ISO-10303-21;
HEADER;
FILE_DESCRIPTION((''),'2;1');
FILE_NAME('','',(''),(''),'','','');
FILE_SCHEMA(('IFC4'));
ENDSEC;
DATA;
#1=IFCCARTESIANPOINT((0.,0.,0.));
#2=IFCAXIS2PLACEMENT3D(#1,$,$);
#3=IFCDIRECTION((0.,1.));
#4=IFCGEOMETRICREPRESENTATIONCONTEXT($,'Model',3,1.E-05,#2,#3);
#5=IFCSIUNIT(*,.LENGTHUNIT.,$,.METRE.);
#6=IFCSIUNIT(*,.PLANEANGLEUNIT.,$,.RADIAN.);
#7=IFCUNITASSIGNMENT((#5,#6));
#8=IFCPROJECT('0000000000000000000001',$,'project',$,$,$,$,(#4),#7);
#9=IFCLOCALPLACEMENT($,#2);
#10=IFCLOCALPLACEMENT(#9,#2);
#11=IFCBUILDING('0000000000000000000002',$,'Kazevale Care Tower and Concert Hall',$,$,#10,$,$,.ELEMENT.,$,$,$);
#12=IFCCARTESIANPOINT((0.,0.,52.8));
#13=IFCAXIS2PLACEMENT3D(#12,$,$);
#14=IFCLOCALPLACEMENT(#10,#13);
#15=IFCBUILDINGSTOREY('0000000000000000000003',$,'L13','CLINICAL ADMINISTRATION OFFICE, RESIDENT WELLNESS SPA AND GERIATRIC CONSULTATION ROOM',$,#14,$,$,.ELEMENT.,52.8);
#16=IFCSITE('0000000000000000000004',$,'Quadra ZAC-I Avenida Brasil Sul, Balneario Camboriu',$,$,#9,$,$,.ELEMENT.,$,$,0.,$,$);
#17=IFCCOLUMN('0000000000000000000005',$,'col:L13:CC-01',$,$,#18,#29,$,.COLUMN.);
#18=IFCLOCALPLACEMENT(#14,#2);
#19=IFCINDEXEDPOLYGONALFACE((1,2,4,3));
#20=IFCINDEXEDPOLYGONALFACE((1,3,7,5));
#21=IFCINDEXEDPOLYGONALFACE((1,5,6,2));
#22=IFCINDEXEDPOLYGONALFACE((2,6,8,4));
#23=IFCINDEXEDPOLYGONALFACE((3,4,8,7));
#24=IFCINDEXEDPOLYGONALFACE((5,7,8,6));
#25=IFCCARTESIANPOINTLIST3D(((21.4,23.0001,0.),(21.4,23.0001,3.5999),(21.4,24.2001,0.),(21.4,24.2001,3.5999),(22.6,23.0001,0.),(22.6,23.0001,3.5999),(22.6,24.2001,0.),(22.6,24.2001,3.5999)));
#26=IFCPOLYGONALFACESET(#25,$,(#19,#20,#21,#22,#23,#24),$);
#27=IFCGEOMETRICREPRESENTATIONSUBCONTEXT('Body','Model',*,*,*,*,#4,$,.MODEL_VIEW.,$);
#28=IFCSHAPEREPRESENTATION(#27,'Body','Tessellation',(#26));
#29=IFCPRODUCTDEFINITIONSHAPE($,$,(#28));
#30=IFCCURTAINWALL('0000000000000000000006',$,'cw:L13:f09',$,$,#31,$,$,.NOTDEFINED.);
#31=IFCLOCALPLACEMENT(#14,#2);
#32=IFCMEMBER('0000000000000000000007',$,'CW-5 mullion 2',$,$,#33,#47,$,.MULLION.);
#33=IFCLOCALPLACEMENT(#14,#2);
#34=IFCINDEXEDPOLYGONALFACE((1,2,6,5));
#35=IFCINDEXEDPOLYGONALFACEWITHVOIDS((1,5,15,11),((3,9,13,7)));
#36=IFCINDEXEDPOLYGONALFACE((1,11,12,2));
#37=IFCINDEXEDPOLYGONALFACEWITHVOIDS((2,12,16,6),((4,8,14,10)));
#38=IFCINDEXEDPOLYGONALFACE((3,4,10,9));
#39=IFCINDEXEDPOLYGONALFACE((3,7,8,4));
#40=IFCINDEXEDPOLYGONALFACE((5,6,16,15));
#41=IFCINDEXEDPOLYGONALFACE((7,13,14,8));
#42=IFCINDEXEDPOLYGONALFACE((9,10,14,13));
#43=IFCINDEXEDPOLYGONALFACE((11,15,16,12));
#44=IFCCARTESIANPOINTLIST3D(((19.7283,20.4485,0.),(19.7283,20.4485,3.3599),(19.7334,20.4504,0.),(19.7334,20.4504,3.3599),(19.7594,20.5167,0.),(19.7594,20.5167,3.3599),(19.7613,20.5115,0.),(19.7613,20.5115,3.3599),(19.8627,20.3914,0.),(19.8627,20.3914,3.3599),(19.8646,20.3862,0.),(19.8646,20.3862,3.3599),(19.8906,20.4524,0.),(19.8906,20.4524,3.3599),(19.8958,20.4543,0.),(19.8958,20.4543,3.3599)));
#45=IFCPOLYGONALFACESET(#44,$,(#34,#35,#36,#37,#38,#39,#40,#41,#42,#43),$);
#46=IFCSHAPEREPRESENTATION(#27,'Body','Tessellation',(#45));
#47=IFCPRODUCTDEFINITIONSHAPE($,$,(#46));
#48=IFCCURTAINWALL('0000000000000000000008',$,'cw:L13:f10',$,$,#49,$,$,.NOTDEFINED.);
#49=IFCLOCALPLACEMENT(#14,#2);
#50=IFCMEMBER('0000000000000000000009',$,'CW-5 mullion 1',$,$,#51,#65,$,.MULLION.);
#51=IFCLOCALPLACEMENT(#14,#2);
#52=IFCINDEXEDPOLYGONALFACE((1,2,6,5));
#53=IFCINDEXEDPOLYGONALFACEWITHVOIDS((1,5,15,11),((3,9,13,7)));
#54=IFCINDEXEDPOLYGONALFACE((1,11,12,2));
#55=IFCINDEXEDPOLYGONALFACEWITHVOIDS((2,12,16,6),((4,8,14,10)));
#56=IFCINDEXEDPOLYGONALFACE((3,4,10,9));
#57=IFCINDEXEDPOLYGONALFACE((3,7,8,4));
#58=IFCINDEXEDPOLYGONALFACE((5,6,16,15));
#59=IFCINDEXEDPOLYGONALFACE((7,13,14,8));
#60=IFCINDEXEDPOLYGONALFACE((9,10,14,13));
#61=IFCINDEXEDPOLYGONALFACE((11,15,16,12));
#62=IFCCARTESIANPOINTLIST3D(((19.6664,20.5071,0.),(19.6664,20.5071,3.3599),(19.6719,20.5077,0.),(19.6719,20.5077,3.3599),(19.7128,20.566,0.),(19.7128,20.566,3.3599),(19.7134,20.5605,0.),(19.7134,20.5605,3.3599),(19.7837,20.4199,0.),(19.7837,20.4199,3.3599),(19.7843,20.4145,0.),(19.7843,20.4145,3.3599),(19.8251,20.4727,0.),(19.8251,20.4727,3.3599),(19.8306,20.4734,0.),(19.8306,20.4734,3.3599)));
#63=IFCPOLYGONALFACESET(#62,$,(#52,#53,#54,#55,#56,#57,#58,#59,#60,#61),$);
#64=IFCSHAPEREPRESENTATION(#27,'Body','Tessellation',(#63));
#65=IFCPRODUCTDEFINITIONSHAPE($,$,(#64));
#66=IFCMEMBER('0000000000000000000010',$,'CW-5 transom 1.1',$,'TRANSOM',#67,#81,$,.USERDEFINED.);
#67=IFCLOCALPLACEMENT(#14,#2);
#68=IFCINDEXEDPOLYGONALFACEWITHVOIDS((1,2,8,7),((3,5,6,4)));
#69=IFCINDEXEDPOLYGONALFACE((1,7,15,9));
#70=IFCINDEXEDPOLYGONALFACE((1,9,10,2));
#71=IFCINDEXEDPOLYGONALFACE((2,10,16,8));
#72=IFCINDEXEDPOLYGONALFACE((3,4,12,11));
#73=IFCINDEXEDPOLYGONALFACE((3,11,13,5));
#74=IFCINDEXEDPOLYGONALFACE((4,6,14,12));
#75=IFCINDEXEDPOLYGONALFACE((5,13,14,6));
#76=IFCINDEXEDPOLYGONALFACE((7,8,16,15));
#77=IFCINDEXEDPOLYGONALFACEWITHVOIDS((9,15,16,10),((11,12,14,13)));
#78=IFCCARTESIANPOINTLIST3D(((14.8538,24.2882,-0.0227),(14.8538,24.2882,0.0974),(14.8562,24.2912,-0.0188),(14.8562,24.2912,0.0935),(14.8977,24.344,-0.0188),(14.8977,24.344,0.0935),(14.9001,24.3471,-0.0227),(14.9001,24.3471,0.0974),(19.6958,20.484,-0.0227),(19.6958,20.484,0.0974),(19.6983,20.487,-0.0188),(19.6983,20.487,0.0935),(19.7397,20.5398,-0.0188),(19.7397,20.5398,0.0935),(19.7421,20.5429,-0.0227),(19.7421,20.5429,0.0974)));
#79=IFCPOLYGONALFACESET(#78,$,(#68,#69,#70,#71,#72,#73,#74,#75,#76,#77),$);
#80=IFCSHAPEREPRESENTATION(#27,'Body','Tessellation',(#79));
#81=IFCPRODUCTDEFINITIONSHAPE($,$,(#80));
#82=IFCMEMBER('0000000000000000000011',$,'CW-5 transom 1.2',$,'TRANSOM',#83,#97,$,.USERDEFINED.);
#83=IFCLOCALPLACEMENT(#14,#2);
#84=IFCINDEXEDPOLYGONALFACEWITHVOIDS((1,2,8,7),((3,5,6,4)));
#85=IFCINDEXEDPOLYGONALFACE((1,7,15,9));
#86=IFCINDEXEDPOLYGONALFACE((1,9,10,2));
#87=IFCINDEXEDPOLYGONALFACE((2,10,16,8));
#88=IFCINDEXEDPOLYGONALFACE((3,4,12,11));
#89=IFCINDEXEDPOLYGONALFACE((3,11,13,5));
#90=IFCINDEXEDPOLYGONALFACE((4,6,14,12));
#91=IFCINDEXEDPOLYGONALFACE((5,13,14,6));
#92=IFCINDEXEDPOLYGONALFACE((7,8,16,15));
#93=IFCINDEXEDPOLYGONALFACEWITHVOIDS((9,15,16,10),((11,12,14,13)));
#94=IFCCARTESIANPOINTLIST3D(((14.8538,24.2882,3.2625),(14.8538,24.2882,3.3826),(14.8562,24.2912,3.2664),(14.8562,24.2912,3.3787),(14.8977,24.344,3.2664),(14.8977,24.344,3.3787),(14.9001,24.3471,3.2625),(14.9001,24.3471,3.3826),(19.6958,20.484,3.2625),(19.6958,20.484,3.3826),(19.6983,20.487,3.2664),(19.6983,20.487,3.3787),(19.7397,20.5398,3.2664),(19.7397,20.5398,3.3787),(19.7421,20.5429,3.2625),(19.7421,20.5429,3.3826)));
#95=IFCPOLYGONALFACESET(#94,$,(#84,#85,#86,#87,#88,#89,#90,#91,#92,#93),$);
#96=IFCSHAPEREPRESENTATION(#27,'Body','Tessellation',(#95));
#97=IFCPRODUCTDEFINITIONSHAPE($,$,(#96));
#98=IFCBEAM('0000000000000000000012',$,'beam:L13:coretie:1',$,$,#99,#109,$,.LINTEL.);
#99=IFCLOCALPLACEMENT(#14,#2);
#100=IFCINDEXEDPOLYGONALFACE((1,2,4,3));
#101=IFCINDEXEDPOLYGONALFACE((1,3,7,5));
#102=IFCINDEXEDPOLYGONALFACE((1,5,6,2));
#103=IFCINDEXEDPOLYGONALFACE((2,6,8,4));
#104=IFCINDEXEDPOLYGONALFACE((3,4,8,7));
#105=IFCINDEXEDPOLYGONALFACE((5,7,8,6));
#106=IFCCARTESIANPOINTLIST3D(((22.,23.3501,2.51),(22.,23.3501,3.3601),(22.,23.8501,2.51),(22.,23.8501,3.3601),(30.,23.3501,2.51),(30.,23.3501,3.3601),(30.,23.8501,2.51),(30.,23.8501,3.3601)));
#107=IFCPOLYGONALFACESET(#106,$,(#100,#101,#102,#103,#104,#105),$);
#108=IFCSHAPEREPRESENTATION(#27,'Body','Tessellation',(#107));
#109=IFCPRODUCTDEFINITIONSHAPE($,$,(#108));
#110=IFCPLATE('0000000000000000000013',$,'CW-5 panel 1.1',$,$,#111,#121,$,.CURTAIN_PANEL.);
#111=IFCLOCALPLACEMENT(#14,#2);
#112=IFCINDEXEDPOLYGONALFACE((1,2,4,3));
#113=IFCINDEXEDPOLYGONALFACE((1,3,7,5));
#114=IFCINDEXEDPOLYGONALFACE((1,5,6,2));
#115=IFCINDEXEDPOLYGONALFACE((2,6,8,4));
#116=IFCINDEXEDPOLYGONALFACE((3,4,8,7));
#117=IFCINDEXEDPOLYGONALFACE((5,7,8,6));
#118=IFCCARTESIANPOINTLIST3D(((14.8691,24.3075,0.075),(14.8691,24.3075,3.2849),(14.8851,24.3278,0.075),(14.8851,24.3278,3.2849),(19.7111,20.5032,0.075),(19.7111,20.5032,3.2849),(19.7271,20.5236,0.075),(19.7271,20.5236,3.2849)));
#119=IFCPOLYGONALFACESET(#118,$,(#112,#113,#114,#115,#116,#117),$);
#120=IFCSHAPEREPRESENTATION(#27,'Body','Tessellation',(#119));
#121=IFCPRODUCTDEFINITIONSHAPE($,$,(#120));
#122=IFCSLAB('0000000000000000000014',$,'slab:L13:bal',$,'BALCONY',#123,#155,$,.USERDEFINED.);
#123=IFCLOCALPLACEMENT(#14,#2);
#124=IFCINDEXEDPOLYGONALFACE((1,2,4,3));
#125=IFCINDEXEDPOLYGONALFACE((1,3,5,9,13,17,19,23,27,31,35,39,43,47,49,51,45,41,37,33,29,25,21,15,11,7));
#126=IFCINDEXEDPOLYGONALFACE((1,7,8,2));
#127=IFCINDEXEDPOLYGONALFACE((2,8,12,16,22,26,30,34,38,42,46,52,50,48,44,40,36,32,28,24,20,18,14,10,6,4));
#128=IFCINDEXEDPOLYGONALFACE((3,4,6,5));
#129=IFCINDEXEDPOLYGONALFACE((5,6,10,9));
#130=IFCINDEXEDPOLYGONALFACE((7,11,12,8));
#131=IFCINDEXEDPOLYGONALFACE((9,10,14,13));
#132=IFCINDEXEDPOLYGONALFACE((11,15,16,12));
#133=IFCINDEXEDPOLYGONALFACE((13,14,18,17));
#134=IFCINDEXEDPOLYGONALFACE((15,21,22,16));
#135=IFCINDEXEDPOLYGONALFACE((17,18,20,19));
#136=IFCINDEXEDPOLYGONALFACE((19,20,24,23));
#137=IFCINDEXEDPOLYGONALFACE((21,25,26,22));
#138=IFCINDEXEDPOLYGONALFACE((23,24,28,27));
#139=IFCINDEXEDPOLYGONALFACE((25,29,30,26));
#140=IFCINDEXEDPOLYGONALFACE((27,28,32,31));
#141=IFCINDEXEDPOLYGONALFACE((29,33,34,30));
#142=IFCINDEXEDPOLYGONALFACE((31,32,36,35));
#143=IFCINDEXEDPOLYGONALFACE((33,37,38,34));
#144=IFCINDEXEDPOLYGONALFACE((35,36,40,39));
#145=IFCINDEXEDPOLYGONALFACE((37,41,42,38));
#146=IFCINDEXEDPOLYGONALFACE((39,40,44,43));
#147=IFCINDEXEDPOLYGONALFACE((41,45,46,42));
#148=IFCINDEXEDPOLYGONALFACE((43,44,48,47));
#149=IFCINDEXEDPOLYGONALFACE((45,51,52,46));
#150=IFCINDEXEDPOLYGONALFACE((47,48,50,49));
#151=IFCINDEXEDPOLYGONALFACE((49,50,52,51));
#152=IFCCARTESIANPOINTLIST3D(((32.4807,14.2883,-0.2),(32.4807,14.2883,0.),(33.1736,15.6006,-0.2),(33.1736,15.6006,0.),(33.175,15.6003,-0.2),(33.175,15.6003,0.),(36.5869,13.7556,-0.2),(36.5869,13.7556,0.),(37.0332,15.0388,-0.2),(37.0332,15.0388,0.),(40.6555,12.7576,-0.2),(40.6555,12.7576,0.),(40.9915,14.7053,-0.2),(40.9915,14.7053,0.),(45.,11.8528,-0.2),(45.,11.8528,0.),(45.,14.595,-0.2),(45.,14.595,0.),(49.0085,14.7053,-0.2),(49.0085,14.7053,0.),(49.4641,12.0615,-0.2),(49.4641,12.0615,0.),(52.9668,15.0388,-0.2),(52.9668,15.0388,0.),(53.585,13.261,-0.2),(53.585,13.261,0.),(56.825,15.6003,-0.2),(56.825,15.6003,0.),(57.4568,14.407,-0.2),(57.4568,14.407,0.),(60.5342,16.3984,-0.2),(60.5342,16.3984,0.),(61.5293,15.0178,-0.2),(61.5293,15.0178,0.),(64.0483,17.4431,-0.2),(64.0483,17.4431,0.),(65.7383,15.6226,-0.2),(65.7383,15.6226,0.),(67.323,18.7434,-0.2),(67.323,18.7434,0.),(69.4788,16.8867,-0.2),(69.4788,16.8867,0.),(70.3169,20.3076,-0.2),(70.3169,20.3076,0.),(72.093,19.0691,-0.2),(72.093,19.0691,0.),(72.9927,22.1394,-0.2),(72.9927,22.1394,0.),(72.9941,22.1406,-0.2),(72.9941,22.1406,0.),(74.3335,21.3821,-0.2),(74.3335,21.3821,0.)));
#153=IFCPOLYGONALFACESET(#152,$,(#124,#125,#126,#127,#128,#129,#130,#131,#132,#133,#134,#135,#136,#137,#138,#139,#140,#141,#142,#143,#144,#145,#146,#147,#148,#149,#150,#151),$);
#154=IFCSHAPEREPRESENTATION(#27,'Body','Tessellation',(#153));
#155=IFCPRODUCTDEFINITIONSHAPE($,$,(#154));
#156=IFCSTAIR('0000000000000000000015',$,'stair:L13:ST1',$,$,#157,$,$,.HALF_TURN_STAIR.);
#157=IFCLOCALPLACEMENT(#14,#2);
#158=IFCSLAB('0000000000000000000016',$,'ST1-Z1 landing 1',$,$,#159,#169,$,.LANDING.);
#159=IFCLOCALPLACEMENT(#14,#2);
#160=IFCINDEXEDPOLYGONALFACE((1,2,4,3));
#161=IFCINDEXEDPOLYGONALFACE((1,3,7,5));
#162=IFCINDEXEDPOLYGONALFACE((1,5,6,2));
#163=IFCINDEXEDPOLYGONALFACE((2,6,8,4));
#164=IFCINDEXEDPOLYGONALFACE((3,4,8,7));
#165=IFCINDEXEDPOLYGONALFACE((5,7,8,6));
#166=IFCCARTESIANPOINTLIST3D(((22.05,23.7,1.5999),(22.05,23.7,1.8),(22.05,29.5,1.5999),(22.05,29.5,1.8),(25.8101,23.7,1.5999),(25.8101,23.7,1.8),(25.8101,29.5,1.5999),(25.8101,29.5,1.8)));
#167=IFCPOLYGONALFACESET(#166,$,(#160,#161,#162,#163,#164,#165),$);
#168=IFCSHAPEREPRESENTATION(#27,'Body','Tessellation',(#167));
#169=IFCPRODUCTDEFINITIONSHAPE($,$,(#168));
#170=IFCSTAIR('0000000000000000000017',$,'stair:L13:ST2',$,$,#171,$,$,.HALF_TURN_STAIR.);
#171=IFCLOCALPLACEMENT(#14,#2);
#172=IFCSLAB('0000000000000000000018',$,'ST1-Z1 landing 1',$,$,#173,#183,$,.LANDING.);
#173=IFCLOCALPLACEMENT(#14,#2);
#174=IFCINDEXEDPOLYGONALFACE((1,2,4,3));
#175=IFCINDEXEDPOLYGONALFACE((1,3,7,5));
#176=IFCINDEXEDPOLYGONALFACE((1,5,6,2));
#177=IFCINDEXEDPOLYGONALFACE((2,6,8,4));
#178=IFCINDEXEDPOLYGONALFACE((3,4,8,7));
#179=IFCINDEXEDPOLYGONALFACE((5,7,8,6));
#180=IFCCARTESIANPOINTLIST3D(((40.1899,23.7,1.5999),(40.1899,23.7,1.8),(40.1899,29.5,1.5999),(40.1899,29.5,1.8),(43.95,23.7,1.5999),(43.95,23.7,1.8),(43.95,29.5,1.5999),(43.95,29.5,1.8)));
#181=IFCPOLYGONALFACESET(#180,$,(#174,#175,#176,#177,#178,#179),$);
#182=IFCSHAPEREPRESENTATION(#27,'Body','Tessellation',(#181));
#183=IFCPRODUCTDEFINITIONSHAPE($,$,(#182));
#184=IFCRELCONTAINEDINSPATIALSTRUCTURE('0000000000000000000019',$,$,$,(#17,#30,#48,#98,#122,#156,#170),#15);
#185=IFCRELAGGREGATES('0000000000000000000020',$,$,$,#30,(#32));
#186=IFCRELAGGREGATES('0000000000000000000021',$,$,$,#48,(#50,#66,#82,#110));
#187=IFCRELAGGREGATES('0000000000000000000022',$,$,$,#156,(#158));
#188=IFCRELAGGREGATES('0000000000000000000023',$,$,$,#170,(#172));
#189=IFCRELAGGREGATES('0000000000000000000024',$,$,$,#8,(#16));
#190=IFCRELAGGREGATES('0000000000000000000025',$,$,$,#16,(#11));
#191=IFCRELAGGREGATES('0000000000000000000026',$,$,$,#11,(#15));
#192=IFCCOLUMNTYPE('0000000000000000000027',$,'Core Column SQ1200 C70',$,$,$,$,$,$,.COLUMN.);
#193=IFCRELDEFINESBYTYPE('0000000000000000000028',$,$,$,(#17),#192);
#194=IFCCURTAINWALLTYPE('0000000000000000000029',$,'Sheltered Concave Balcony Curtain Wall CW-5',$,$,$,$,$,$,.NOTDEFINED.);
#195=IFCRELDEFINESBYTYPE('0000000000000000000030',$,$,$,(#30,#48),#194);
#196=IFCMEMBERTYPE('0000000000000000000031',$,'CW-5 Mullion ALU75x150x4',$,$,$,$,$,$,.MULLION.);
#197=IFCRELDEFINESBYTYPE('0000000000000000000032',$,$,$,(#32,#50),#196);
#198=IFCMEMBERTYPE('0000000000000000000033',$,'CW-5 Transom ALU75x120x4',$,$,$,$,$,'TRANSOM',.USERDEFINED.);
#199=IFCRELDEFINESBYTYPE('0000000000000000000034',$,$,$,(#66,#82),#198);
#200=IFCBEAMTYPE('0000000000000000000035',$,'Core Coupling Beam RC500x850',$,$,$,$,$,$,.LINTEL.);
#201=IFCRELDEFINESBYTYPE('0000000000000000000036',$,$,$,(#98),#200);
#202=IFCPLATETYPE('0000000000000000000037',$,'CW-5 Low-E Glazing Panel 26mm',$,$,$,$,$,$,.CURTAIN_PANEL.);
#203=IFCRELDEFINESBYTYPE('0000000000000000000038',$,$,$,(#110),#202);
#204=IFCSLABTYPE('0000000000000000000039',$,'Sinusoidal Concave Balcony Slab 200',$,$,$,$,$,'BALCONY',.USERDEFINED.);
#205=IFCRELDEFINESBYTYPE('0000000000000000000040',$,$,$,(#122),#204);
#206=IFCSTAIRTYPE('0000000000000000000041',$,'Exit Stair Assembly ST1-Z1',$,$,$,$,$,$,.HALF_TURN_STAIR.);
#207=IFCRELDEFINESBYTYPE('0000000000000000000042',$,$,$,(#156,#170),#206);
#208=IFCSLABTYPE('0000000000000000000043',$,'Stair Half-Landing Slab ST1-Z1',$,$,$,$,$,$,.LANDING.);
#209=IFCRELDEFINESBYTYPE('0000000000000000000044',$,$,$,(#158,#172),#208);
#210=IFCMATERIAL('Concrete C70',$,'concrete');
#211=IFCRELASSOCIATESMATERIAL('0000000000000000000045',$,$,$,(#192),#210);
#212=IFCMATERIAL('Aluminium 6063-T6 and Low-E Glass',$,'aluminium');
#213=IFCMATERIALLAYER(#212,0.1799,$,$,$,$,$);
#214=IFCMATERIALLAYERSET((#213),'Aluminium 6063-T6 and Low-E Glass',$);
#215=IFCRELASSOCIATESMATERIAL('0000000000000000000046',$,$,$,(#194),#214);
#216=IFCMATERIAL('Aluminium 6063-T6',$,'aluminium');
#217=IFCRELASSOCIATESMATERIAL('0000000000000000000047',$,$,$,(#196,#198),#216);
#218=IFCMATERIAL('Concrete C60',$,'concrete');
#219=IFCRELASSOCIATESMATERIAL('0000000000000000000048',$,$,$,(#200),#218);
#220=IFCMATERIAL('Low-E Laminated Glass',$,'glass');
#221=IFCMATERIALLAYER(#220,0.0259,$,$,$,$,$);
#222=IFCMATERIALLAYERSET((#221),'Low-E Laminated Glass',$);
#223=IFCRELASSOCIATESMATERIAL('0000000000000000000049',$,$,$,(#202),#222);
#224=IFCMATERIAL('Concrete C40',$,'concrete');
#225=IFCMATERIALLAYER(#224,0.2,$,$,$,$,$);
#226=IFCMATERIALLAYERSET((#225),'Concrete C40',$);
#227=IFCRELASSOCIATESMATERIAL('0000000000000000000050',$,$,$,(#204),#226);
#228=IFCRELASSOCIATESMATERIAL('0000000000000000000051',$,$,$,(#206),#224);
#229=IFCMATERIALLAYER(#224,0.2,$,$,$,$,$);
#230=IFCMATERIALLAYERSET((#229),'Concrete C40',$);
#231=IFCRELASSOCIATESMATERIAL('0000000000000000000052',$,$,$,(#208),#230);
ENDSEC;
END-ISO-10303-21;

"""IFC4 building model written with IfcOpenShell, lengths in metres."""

from ifc_helpers import new_model, si_unit, direction, frame, origin, origin_2d, place, context, subcontext, project, spatial, polyline, rectangle, hollow_rectangle, outline, extrude, material, layer, layer_set, material_profile, profile_set, type_object, element, aggregate, save


model = new_model("IFC4")

# Units and contexts
model_context = context("Model", 3, precision=1e-05, world=origin(), true_north=direction((0.0, 1.0)))
body_context = subcontext(model_context, "Body", "Model", "MODEL_VIEW")
ifc_project = project(units=[si_unit("LENGTHUNIT", "METRE"), si_unit("PLANEANGLEUNIT", "RADIAN")], contexts=[model_context])

# Site, building, storey
site_placement = place(None, origin())
site = spatial("IfcSite", under=ifc_project, at=site_placement, Name="Quadra ZAC-I Avenida Brasil Sul, Balneario Camboriu", CompositionType="ELEMENT", RefElevation=0.0)
building_placement = place(site_placement, origin())
building = spatial("IfcBuilding", under=site, at=building_placement, Name="Kazevale Care Tower and Concert Hall", CompositionType="ELEMENT")
storey_placement = place(building_placement, frame((0.0, 0.0, 52.8)))
storey = spatial("IfcBuildingStorey", under=building, at=storey_placement, Name="L13", Description="CLINICAL ADMINISTRATION OFFICE, RESIDENT WELLNESS SPA AND GERIATRIC CONSULTATION ROOM", CompositionType="ELEMENT", Elevation=52.8)

# Column
ifc_material_1 = material(Name="Concrete C70", Category="concrete")
ifc_material_profile_1 = material_profile(ifc_material_1, rectangle(XDim=1.2, YDim=1.2, at=origin_2d()), Name="RC-SQ1200")
ifc_profile_set_1 = profile_set([ifc_material_profile_1], Name="Concrete C70")
column_type = type_object("IfcColumnType", Name="Core Column SQ1200 C70", PredefinedType="COLUMN", material=ifc_profile_set_1)
column_placement = place(storey_placement, frame((22.0, 23.6001, 0.0), z_axis=(0.0, 0.0, 1.0), x_axis=(1.0, 0.0, 0.0)))
element("IfcColumn", 1, at=column_placement, inside=storey, type_object=column_type, Name="col:L13:CC-01", PredefinedType="COLUMN", context=body_context, shape_type="SweptSolid", body=[
    extrude(rectangle(XDim=1.2, YDim=1.2, at=origin_2d()), origin(), (0.0, 0.0, 1.0), 3.5999),
])

# Curtain wall, member
ifc_material_2 = material(Name="Aluminium 6063-T6 and Low-E Glass", Category="aluminium")
ifc_layer_1 = layer(ifc_material_2, 0.1799)
ifc_layer_set_1 = layer_set([ifc_layer_1], Name="Aluminium 6063-T6 and Low-E Glass")
curtain_wall_type = type_object("IfcCurtainWallType", Name="Sheltered Concave Balcony Curtain Wall CW-5", PredefinedType="NOTDEFINED", material=ifc_layer_set_1)
curtain_wall_1_placement = place(storey_placement, origin())
curtain_wall_1 = element("IfcCurtainWall", 2, at=curtain_wall_1_placement, inside=storey, type_object=curtain_wall_type, Name="cw:L13:f09", PredefinedType="NOTDEFINED")
ifc_material_3 = material(Name="Aluminium 6063-T6", Category="aluminium")
ifc_material_profile_2 = material_profile(ifc_material_3, hollow_rectangle(XDim=0.075, YDim=0.1499, WallThickness=0.0039, at=origin_2d()), Name="ALU75x150x4")
ifc_profile_set_2 = profile_set([ifc_material_profile_2], Name="Aluminium 6063-T6")
member_type_1 = type_object("IfcMemberType", Name="CW-5 Mullion ALU75x150x4", PredefinedType="MULLION", material=ifc_profile_set_2)
member_1_placement = place(storey_placement, frame((19.812, 20.4514, 0.0), z_axis=(0.0, 0.0, 1.0), x_axis=(-0.41566, -0.90952, 0.0)))
member_1 = element("IfcMember", 3, at=member_1_placement, type_object=member_type_1, Name="CW-5 mullion 2", PredefinedType="MULLION", context=body_context, shape_type="SweptSolid", body=[
    extrude(hollow_rectangle(XDim=0.075, YDim=0.1499, WallThickness=0.0039, at=origin_2d()), origin(), (0.0, 0.0, 1.0), 3.3599),
])
aggregate(curtain_wall_1, [member_1])

# Curtain wall, members
curtain_wall_2_placement = place(storey_placement, origin())
curtain_wall_2 = element("IfcCurtainWall", 4, at=curtain_wall_2_placement, inside=storey, type_object=curtain_wall_type, Name="cw:L13:f10", PredefinedType="NOTDEFINED")
member_2_placement = place(storey_placement, frame((19.7485, 20.4902, 0.0), z_axis=(0.0, 0.0, 1.0), x_axis=(-0.617808, -0.786329, 0.0)))
member_2 = element("IfcMember", 5, at=member_2_placement, type_object=member_type_1, Name="CW-5 mullion 1", PredefinedType="MULLION", context=body_context, shape_type="SweptSolid", body=[
    extrude(hollow_rectangle(XDim=0.075, YDim=0.1499, WallThickness=0.0039, at=origin_2d()), origin(), (0.0, 0.0, 1.0), 3.3599),
])
ifc_material_profile_3 = material_profile(ifc_material_3, hollow_rectangle(XDim=0.075, YDim=0.1201, WallThickness=0.0039, at=origin_2d()), Name="ALU75x120x4")
ifc_profile_set_3 = profile_set([ifc_material_profile_3], Name="Aluminium 6063-T6")
member_type_2 = type_object("IfcMemberType", Name="CW-5 Transom ALU75x120x4", ElementType="TRANSOM", PredefinedType="USERDEFINED", material=ifc_profile_set_3)
member_3_placement = place(storey_placement, frame((19.719, 20.5134, 0.0374), z_axis=(-0.786339, 0.617795, 0.0), x_axis=(-0.617795, -0.786339, 0.0)))
member_3 = element("IfcMember", 6, at=member_3_placement, type_object=member_type_2, Name="CW-5 transom 1.1", ObjectType="TRANSOM", PredefinedType="USERDEFINED", context=body_context, shape_type="SweptSolid", body=[
    extrude(hollow_rectangle(XDim=0.075, YDim=0.1201, WallThickness=0.0039, at=origin_2d()), origin(), (0.0, 0.0, 1.0), 6.1577),
])
member_4_placement = place(storey_placement, frame((19.719, 20.5134, 3.3225), z_axis=(-0.786339, 0.617795, 0.0), x_axis=(-0.617795, -0.786339, 0.0)))
member_4 = element("IfcMember", 7, at=member_4_placement, type_object=member_type_2, Name="CW-5 transom 1.2", ObjectType="TRANSOM", PredefinedType="USERDEFINED", context=body_context, shape_type="SweptSolid", body=[
    extrude(hollow_rectangle(XDim=0.075, YDim=0.1201, WallThickness=0.0039, at=origin_2d()), origin(), (0.0, 0.0, 1.0), 6.1577),
])

# Beam
ifc_material_4 = material(Name="Concrete C60", Category="concrete")
ifc_material_profile_4 = material_profile(ifc_material_4, rectangle(XDim=0.5, YDim=0.8501, at=origin_2d()), Name="RC-B500x850")
ifc_profile_set_4 = profile_set([ifc_material_profile_4], Name="Concrete C60")
beam_type = type_object("IfcBeamType", Name="Core Coupling Beam RC500x850", PredefinedType="LINTEL", material=ifc_profile_set_4)
beam_placement = place(storey_placement, frame((22.0, 23.6001, 2.9351), z_axis=(1.0, 0.0, 0.0), x_axis=(0.0, 1.0, 0.0)))
element("IfcBeam", 8, at=beam_placement, inside=storey, type_object=beam_type, Name="beam:L13:coretie:1", PredefinedType="LINTEL", context=body_context, shape_type="SweptSolid", body=[
    extrude(rectangle(XDim=0.5, YDim=0.8501, at=origin_2d()), origin(), (0.0, 0.0, 1.0), 8.0),
])

# Plate
ifc_material_5 = material(Name="Low-E Laminated Glass", Category="glass")
ifc_layer_2 = layer(ifc_material_5, 0.0259)
ifc_layer_set_2 = layer_set([ifc_layer_2], Name="Low-E Laminated Glass")
plate_type = type_object("IfcPlateType", Name="CW-5 Low-E Glazing Panel 26mm", PredefinedType="CURTAIN_PANEL", material=ifc_layer_set_2)
plate_placement = place(storey_placement, frame((17.2981, 22.4155, 0.075), z_axis=(0.0, 0.0, 1.0), x_axis=(-0.786329, 0.617808, 0.0)))
plate = element("IfcPlate", 9, at=plate_placement, type_object=plate_type, Name="CW-5 panel 1.1", PredefinedType="CURTAIN_PANEL", context=body_context, shape_type="SweptSolid", body=[
    extrude(rectangle(XDim=6.1577, YDim=0.0259, at=origin_2d()), origin(), (0.0, 0.0, 1.0), 3.21),
])
aggregate(curtain_wall_2, [member_2, member_3, member_4, plate])

# Slab
ifc_material_6 = material(Name="Concrete C40", Category="concrete")
ifc_layer_3 = layer(ifc_material_6, 0.2)
ifc_layer_set_3 = layer_set([ifc_layer_3], Name="Concrete C40")
slab_type_1 = type_object("IfcSlabType", Name="Sinusoidal Concave Balcony Slab 200", ElementType="BALCONY", PredefinedType="USERDEFINED", material=ifc_layer_set_3)
slab_1_placement = place(storey_placement, frame((0.0, 0.0, -0.2)))
element("IfcSlab", 10, at=slab_1_placement, inside=storey, type_object=slab_type_1, Name="slab:L13:bal", ObjectType="BALCONY", PredefinedType="USERDEFINED", context=body_context, shape_type="SweptSolid", body=[
    extrude(outline(polyline([(74.3335, 21.3821), (72.093, 19.0691), (69.4788, 16.8867), (65.7383, 15.6226), (61.5293, 15.0178), (57.4568, 14.407), (53.585, 13.261), (49.4641, 12.0615), (45.0, 11.8528), (40.6555, 12.7576), (36.5869, 13.7556), (32.4807, 14.2883), (33.1736, 15.6006), (33.175, 15.6003), (37.0332, 15.0388), (40.9915, 14.7053), (45.0, 14.595), (49.0085, 14.7053), (52.9668, 15.0388), (56.825, 15.6003), (60.5342, 16.3984), (64.0483, 17.4431), (67.323, 18.7434), (70.3169, 20.3076), (72.9927, 22.1394), (72.9941, 22.1406), (74.3335, 21.3821)])), origin(), (0.0, 0.0, 1.0), 0.2),
])

# Stairs, slabs
stair_type = type_object("IfcStairType", Name="Exit Stair Assembly ST1-Z1", PredefinedType="HALF_TURN_STAIR", material=ifc_material_6)
stair_1_placement = place(storey_placement, origin())
stair_1 = element("IfcStair", 11, at=stair_1_placement, inside=storey, type_object=stair_type, Name="stair:L13:ST1", PredefinedType="HALF_TURN_STAIR")
ifc_layer_4 = layer(ifc_material_6, 0.2)
ifc_layer_set_4 = layer_set([ifc_layer_4], Name="Concrete C40")
slab_type_2 = type_object("IfcSlabType", Name="Stair Half-Landing Slab ST1-Z1", PredefinedType="LANDING", material=ifc_layer_set_4)
slab_2_placement = place(storey_placement, frame((0.0, 0.0, 1.5999)))
slab_2 = element("IfcSlab", 12, at=slab_2_placement, type_object=slab_type_2, Name="ST1-Z1 landing 1", PredefinedType="LANDING", context=body_context, shape_type="SweptSolid", body=[
    extrude(outline(polyline([(22.05, 23.7), (25.8101, 23.7), (25.8101, 29.5), (22.05, 29.5), (22.05, 23.7)])), origin(), (0.0, 0.0, 1.0), 0.2002),
])
aggregate(stair_1, [slab_2])
stair_2_placement = place(storey_placement, origin())
stair_2 = element("IfcStair", 13, at=stair_2_placement, inside=storey, type_object=stair_type, Name="stair:L13:ST2", PredefinedType="HALF_TURN_STAIR")
slab_3_placement = place(storey_placement, frame((0.0, 0.0, 1.5999)))
slab_3 = element("IfcSlab", 14, at=slab_3_placement, type_object=slab_type_2, Name="ST1-Z1 landing 1", PredefinedType="LANDING", context=body_context, shape_type="SweptSolid", body=[
    extrude(outline(polyline([(40.1899, 23.7), (43.95, 23.7), (43.95, 29.5), (40.1899, 29.5), (40.1899, 23.7)])), origin(), (0.0, 0.0, 1.0), 0.2002),
])
aggregate(stair_2, [slab_3])

save(model, "model.ifc")
